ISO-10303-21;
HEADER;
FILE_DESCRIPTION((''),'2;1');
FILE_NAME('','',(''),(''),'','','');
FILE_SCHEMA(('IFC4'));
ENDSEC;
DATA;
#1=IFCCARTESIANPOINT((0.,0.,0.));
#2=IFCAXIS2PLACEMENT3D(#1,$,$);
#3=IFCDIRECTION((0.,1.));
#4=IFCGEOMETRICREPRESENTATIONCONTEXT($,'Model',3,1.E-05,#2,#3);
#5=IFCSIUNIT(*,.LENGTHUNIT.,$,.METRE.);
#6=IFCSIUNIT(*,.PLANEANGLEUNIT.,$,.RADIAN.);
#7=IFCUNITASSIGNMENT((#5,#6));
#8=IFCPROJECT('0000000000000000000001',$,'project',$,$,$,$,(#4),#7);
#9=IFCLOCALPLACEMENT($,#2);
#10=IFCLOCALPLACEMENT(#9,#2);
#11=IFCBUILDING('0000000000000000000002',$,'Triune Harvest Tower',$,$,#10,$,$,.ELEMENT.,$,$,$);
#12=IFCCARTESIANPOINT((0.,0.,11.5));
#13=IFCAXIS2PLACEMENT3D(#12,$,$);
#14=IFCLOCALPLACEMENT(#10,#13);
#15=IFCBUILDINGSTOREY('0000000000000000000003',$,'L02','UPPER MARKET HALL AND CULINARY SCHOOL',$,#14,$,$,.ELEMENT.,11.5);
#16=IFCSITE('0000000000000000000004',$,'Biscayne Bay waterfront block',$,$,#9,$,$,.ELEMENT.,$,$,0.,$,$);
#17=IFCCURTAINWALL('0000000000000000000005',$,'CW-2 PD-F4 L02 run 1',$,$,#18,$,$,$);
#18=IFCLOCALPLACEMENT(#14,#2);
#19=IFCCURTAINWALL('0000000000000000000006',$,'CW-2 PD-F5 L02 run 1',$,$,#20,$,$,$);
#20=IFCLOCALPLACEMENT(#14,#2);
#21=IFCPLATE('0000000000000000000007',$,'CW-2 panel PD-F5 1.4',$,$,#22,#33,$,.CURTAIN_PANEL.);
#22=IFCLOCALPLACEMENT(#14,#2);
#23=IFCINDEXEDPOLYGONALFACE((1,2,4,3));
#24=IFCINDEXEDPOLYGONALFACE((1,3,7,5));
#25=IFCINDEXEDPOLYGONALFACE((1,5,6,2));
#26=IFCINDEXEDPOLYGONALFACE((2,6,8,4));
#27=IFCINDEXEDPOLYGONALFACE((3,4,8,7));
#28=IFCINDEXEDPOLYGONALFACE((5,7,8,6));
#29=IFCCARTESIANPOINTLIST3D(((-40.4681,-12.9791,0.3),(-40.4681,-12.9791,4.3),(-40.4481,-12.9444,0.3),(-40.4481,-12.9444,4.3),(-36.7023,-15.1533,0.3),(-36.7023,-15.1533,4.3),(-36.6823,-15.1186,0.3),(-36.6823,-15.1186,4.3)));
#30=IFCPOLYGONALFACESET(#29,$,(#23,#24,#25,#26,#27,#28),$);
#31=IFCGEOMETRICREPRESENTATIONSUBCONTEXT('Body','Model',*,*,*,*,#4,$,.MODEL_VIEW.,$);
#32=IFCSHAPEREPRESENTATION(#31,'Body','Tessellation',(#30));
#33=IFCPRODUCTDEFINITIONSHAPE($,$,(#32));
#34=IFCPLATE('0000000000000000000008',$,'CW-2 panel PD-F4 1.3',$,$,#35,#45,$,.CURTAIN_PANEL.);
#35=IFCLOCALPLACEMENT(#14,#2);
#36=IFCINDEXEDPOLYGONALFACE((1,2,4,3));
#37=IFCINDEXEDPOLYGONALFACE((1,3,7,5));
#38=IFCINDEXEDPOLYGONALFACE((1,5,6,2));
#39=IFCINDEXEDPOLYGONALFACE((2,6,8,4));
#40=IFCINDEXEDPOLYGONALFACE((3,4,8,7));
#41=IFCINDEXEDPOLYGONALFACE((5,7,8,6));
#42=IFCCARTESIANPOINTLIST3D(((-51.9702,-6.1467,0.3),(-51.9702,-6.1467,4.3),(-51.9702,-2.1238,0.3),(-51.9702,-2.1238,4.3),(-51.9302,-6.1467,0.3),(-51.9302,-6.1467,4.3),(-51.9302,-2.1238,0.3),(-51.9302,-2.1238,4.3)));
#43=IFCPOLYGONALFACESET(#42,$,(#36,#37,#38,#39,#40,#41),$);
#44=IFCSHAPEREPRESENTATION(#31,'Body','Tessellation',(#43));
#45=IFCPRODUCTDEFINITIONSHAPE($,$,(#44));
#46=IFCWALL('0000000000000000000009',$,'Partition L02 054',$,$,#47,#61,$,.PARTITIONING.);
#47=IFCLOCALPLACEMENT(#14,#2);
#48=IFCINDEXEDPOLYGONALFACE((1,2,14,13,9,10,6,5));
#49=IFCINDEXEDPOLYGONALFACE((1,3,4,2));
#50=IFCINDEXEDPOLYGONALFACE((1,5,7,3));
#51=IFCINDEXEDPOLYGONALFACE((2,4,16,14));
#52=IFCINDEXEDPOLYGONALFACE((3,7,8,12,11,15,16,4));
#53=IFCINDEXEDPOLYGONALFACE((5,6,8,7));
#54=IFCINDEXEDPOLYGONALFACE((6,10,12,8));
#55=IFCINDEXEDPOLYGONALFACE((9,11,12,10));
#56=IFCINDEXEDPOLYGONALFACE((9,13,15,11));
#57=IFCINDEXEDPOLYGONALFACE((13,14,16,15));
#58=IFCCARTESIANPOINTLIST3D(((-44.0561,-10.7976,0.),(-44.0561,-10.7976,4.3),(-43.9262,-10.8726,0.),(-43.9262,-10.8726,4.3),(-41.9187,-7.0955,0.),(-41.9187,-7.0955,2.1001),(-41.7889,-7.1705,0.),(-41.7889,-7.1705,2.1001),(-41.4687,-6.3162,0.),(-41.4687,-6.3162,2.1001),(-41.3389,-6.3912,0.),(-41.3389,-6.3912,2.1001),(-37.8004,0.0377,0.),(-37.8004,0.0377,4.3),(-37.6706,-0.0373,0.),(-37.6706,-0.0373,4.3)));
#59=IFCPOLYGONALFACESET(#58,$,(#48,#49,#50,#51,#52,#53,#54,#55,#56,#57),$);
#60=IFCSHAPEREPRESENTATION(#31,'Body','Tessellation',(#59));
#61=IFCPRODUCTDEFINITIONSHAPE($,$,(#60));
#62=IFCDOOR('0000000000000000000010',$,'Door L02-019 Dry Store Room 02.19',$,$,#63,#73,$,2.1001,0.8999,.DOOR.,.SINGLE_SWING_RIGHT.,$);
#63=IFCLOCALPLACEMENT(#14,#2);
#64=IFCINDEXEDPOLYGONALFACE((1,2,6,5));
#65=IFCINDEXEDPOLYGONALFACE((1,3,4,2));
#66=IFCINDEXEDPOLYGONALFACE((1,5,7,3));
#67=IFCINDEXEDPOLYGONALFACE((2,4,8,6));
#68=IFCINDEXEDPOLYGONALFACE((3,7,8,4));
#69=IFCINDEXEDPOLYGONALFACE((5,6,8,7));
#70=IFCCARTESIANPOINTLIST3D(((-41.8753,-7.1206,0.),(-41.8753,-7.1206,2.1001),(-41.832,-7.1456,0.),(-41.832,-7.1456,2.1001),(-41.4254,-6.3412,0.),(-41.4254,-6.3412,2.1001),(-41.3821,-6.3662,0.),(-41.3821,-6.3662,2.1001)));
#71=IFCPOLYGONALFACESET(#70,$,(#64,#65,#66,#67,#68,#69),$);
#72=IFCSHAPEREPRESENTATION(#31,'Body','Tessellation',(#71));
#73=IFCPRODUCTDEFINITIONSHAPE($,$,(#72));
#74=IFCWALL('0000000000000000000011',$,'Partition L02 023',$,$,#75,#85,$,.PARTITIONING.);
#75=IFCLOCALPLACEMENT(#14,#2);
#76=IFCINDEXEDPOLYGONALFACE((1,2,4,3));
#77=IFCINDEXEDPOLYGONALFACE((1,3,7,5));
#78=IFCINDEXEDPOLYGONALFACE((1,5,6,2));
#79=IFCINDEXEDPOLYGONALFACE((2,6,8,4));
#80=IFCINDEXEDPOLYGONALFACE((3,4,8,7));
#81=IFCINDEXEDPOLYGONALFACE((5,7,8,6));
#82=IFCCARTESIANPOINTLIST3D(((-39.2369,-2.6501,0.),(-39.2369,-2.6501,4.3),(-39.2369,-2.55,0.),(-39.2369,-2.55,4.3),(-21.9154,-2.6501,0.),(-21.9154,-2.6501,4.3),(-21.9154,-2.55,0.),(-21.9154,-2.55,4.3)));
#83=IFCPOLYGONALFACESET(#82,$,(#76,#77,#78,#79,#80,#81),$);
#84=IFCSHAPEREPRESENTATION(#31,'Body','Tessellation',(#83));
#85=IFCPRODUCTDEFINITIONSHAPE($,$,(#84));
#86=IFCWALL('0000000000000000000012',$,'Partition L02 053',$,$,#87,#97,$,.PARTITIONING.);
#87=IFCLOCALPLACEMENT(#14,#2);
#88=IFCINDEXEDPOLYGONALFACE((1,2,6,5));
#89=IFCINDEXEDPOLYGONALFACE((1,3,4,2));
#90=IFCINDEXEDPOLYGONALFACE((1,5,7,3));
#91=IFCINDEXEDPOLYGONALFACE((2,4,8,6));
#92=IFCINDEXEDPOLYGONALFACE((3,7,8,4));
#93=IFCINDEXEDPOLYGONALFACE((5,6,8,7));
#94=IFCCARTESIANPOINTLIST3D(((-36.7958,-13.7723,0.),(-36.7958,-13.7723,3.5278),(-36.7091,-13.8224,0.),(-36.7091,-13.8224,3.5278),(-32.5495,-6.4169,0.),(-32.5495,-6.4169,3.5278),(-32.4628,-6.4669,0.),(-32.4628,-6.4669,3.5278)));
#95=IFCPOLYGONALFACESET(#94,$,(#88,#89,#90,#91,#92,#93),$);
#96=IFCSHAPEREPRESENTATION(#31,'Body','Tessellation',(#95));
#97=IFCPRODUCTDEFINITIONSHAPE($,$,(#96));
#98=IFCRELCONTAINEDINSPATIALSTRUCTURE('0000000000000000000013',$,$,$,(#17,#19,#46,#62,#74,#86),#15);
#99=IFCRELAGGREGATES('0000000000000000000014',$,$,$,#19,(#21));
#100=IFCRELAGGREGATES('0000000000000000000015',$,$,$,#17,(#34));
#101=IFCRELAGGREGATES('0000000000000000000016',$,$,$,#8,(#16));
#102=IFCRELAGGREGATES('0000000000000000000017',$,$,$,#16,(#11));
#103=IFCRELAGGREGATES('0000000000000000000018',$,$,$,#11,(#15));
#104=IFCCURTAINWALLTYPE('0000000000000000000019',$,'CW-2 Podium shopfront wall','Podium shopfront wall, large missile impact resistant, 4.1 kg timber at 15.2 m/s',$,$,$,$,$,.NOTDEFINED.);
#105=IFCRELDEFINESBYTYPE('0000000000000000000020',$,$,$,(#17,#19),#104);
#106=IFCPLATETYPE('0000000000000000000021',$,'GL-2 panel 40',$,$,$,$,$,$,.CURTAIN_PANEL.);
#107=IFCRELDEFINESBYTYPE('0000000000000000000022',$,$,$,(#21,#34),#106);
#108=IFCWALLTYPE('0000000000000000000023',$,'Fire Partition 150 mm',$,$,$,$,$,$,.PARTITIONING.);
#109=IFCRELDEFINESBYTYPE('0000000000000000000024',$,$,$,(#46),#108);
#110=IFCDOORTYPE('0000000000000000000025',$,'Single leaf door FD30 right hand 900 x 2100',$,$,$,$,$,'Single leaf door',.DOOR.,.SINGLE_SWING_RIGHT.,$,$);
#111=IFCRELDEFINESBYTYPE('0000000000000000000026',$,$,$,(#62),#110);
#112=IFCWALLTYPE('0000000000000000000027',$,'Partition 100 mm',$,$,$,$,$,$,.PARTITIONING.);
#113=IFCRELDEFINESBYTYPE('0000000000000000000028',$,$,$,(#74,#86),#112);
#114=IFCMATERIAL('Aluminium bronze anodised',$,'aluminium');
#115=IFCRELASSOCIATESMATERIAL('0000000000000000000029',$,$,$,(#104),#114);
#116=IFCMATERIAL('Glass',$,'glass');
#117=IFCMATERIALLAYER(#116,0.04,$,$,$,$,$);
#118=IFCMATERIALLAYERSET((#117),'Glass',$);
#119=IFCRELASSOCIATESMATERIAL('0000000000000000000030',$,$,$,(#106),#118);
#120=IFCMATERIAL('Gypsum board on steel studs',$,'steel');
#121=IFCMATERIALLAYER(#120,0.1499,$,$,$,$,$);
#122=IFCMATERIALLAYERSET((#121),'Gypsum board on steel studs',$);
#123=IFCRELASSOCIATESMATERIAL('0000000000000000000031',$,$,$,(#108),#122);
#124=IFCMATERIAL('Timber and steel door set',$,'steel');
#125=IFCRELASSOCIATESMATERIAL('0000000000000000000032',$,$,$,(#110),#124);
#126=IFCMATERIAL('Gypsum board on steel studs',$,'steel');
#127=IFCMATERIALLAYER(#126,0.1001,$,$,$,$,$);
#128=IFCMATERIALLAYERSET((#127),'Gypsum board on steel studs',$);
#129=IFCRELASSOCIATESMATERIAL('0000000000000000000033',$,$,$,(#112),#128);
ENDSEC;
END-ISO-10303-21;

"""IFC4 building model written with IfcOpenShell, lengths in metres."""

from ifc_helpers import new_model, si_unit, direction, frame, frame_2d, origin, origin_2d, place, context, subcontext, project, spatial, rectangle, extrude, source, transform, mapped, material, layer, layer_set, type_object, element, fill, aggregate, save


model = new_model("IFC4")

# Units and contexts
model_context = context("Model", 3, precision=1e-05, world=origin(), true_north=direction((0.0, 1.0)))
body_context = subcontext(model_context, "Body", "Model", "MODEL_VIEW")
ifc_project = project(units=[si_unit("LENGTHUNIT", "METRE"), si_unit("PLANEANGLEUNIT", "RADIAN")], contexts=[model_context])

# Site, building, storey
site_placement = place(None, origin())
site = spatial("IfcSite", under=ifc_project, at=site_placement, Name="Biscayne Bay waterfront block", CompositionType="ELEMENT", RefElevation=0.0)
building_placement = place(site_placement, origin())
building = spatial("IfcBuilding", under=site, at=building_placement, Name="Triune Harvest Tower", CompositionType="ELEMENT")
storey_placement = place(building_placement, frame((0.0, 0.0, 11.5)))
storey = spatial("IfcBuildingStorey", under=building, at=storey_placement, Name="L02", Description="UPPER MARKET HALL AND CULINARY SCHOOL", CompositionType="ELEMENT", Elevation=11.5)

# Curtain wall
ifc_material_1 = material(Name="Aluminium bronze anodised", Category="aluminium")
curtain_wall_type = type_object("IfcCurtainWallType", Name="CW-2 Podium shopfront wall", Description="Podium shopfront wall, large missile impact resistant, 4.1 kg timber at 15.2 m/s", PredefinedType="NOTDEFINED", material=ifc_material_1)
curtain_wall_1_placement = place(storey_placement, origin())
curtain_wall_1 = element("IfcCurtainWall", 1, at=curtain_wall_1_placement, inside=storey, type_object=curtain_wall_type, Name="CW-2 PD-F4 L02 run 1")

# Curtain wall, plate
curtain_wall_2_placement = place(storey_placement, origin())
curtain_wall_2 = element("IfcCurtainWall", 2, at=curtain_wall_2_placement, inside=storey, type_object=curtain_wall_type, Name="CW-2 PD-F5 L02 run 1")
ifc_material_2 = material(Name="Glass", Category="glass")
ifc_layer_1 = layer(ifc_material_2, 0.04)
ifc_layer_set_1 = layer_set([ifc_layer_1], Name="Glass")
plate_type = type_object("IfcPlateType", Name="GL-2 panel 40", PredefinedType="CURTAIN_PANEL", material=ifc_layer_set_1)
shared_shape_1 = source(origin(), body_context, "Body", "SweptSolid", [
    extrude(rectangle(XDim=4.3484, YDim=0.04, at=origin_2d()), origin(), (0.0, 0.0, 1.0), 4.0),
])
plate_1_placement = place(storey_placement, frame((-38.5752, -14.0488, 0.3), z_axis=(0.0, 0.0, 1.0), x_axis=(0.866025, -0.5, 0.0)))
plate_1 = element("IfcPlate", 3, at=plate_1_placement, type_object=plate_type, Name="CW-2 panel PD-F5 1.4", PredefinedType="CURTAIN_PANEL", context=body_context, shape_type="MappedRepresentation", body=[
    mapped(shared_shape_1, transform((0.0, 0.0, 0.0), scale=1.0)),
])
aggregate(curtain_wall_2, [plate_1])

# Plate
shared_shape_2 = source(origin(), body_context, "Body", "SweptSolid", [
    extrude(rectangle(XDim=4.0229, YDim=0.04, at=origin_2d()), origin(), (0.0, 0.0, 1.0), 4.0),
])
plate_2_placement = place(storey_placement, frame((-51.9502, -4.1353, 0.3), z_axis=(0.0, 0.0, 1.0), x_axis=(0.0, -1.0, 0.0)))
plate_2 = element("IfcPlate", 4, at=plate_2_placement, type_object=plate_type, Name="CW-2 panel PD-F4 1.3", PredefinedType="CURTAIN_PANEL", context=body_context, shape_type="MappedRepresentation", body=[
    mapped(shared_shape_2, transform((0.0, 0.0, 0.0), scale=1.0)),
])
aggregate(curtain_wall_1, [plate_2])

# Wall, opening, door
ifc_material_3 = material(Name="Gypsum board on steel studs", Category="steel")
ifc_layer_2 = layer(ifc_material_3, 0.1499)
ifc_layer_set_2 = layer_set([ifc_layer_2], Name="Gypsum board on steel studs")
wall_type_1 = type_object("IfcWallType", Name="Fire Partition 150 mm", PredefinedType="PARTITIONING", material=ifc_layer_set_2)
wall_1_placement = place(storey_placement, frame((-43.9912, -10.8352, 0.0), z_axis=(0.0, 0.0, 1.0), x_axis=(0.499994, 0.866029, 0.0)))
wall_1 = element("IfcWall", 5, at=wall_1_placement, inside=storey, type_object=wall_type_1, Name="Partition L02 054", PredefinedType="PARTITIONING", context=body_context, shape_type="SweptSolid", body=[
    extrude(rectangle(XDim=12.5115, YDim=0.1499, at=frame_2d((6.2559, 0.0))), origin(), (0.0, 0.0, 1.0), 4.3),
])
opening_placement = place(wall_1_placement, frame((4.2749, 0.0, 0.0)))
opening = element("IfcOpeningElement", 6, at=opening_placement, cuts=wall_1, PredefinedType="OPENING", context=body_context, shape_type="SweptSolid", body=[
    extrude(rectangle(XDim=0.8999, YDim=2.1001, at=frame_2d((0.45, 1.05))), frame((0.0, 0.085, 0.0), z_axis=(0.0, -1.0, 0.0), x_axis=(1.0, 0.0, 0.0)), (0.0, 0.0, 1.0), 0.1699),
])
ifc_material_4 = material(Name="Timber and steel door set", Category="steel")
door_type = type_object("IfcDoorType", Name="Single leaf door FD30 right hand 900 x 2100", ElementType="Single leaf door", OperationType="SINGLE_SWING_RIGHT", PredefinedType="DOOR", material=ifc_material_4)
door_placement = place(opening_placement, origin())
door = element("IfcDoor", 7, at=door_placement, inside=storey, type_object=door_type, Name="Door L02-019 Dry Store Room 02.19", OperationType="SINGLE_SWING_RIGHT", OverallHeight=2.1001, OverallWidth=0.8999, PredefinedType="DOOR", context=body_context, shape_type="SweptSolid", body=[
    extrude(rectangle(XDim=0.8999, YDim=2.1001, at=frame_2d((0.45, 1.05))), frame((0.0, 0.0249, 0.0), z_axis=(0.0, -1.0, 0.0), x_axis=(1.0, 0.0, 0.0)), (0.0, 0.0, 1.0), 0.05),
])
fill(opening, door)

# Walls
ifc_material_5 = material(Name="Gypsum board on steel studs", Category="steel")
ifc_layer_3 = layer(ifc_material_5, 0.1001)
ifc_layer_set_3 = layer_set([ifc_layer_3], Name="Gypsum board on steel studs")
wall_type_2 = type_object("IfcWallType", Name="Partition 100 mm", PredefinedType="PARTITIONING", material=ifc_layer_set_3)
wall_2_placement = place(storey_placement, frame((-39.2368, -2.6001, 0.0), z_axis=(0.0, 0.0, 1.0), x_axis=(1.0, 0.0, 0.0)))
element("IfcWall", 8, at=wall_2_placement, inside=storey, type_object=wall_type_2, Name="Partition L02 023", PredefinedType="PARTITIONING", context=body_context, shape_type="SweptSolid", body=[
    extrude(rectangle(XDim=17.3215, YDim=0.1001, at=frame_2d((8.6606, 0.0))), origin(), (0.0, 0.0, 1.0), 4.3),
])
shared_shape_3 = source(origin(), body_context, "Body", "SweptSolid", [
    extrude(rectangle(XDim=8.4932, YDim=0.1001, at=frame_2d((4.2466, 0.0))), origin(), (0.0, 0.0, 1.0), 3.5278),
])
wall_3_placement = place(storey_placement, frame((-36.7524, -13.7974, 0.0), z_axis=(0.0, 0.0, 1.0), x_axis=(0.49997, 0.866043, 0.0)))
element("IfcWall", 9, at=wall_3_placement, inside=storey, type_object=wall_type_2, Name="Partition L02 053", PredefinedType="PARTITIONING", context=body_context, shape_type="MappedRepresentation", body=[
    mapped(shared_shape_3, transform((0.0, 0.0, 0.0), scale=1.0)),
])

save(model, "model.ifc")
